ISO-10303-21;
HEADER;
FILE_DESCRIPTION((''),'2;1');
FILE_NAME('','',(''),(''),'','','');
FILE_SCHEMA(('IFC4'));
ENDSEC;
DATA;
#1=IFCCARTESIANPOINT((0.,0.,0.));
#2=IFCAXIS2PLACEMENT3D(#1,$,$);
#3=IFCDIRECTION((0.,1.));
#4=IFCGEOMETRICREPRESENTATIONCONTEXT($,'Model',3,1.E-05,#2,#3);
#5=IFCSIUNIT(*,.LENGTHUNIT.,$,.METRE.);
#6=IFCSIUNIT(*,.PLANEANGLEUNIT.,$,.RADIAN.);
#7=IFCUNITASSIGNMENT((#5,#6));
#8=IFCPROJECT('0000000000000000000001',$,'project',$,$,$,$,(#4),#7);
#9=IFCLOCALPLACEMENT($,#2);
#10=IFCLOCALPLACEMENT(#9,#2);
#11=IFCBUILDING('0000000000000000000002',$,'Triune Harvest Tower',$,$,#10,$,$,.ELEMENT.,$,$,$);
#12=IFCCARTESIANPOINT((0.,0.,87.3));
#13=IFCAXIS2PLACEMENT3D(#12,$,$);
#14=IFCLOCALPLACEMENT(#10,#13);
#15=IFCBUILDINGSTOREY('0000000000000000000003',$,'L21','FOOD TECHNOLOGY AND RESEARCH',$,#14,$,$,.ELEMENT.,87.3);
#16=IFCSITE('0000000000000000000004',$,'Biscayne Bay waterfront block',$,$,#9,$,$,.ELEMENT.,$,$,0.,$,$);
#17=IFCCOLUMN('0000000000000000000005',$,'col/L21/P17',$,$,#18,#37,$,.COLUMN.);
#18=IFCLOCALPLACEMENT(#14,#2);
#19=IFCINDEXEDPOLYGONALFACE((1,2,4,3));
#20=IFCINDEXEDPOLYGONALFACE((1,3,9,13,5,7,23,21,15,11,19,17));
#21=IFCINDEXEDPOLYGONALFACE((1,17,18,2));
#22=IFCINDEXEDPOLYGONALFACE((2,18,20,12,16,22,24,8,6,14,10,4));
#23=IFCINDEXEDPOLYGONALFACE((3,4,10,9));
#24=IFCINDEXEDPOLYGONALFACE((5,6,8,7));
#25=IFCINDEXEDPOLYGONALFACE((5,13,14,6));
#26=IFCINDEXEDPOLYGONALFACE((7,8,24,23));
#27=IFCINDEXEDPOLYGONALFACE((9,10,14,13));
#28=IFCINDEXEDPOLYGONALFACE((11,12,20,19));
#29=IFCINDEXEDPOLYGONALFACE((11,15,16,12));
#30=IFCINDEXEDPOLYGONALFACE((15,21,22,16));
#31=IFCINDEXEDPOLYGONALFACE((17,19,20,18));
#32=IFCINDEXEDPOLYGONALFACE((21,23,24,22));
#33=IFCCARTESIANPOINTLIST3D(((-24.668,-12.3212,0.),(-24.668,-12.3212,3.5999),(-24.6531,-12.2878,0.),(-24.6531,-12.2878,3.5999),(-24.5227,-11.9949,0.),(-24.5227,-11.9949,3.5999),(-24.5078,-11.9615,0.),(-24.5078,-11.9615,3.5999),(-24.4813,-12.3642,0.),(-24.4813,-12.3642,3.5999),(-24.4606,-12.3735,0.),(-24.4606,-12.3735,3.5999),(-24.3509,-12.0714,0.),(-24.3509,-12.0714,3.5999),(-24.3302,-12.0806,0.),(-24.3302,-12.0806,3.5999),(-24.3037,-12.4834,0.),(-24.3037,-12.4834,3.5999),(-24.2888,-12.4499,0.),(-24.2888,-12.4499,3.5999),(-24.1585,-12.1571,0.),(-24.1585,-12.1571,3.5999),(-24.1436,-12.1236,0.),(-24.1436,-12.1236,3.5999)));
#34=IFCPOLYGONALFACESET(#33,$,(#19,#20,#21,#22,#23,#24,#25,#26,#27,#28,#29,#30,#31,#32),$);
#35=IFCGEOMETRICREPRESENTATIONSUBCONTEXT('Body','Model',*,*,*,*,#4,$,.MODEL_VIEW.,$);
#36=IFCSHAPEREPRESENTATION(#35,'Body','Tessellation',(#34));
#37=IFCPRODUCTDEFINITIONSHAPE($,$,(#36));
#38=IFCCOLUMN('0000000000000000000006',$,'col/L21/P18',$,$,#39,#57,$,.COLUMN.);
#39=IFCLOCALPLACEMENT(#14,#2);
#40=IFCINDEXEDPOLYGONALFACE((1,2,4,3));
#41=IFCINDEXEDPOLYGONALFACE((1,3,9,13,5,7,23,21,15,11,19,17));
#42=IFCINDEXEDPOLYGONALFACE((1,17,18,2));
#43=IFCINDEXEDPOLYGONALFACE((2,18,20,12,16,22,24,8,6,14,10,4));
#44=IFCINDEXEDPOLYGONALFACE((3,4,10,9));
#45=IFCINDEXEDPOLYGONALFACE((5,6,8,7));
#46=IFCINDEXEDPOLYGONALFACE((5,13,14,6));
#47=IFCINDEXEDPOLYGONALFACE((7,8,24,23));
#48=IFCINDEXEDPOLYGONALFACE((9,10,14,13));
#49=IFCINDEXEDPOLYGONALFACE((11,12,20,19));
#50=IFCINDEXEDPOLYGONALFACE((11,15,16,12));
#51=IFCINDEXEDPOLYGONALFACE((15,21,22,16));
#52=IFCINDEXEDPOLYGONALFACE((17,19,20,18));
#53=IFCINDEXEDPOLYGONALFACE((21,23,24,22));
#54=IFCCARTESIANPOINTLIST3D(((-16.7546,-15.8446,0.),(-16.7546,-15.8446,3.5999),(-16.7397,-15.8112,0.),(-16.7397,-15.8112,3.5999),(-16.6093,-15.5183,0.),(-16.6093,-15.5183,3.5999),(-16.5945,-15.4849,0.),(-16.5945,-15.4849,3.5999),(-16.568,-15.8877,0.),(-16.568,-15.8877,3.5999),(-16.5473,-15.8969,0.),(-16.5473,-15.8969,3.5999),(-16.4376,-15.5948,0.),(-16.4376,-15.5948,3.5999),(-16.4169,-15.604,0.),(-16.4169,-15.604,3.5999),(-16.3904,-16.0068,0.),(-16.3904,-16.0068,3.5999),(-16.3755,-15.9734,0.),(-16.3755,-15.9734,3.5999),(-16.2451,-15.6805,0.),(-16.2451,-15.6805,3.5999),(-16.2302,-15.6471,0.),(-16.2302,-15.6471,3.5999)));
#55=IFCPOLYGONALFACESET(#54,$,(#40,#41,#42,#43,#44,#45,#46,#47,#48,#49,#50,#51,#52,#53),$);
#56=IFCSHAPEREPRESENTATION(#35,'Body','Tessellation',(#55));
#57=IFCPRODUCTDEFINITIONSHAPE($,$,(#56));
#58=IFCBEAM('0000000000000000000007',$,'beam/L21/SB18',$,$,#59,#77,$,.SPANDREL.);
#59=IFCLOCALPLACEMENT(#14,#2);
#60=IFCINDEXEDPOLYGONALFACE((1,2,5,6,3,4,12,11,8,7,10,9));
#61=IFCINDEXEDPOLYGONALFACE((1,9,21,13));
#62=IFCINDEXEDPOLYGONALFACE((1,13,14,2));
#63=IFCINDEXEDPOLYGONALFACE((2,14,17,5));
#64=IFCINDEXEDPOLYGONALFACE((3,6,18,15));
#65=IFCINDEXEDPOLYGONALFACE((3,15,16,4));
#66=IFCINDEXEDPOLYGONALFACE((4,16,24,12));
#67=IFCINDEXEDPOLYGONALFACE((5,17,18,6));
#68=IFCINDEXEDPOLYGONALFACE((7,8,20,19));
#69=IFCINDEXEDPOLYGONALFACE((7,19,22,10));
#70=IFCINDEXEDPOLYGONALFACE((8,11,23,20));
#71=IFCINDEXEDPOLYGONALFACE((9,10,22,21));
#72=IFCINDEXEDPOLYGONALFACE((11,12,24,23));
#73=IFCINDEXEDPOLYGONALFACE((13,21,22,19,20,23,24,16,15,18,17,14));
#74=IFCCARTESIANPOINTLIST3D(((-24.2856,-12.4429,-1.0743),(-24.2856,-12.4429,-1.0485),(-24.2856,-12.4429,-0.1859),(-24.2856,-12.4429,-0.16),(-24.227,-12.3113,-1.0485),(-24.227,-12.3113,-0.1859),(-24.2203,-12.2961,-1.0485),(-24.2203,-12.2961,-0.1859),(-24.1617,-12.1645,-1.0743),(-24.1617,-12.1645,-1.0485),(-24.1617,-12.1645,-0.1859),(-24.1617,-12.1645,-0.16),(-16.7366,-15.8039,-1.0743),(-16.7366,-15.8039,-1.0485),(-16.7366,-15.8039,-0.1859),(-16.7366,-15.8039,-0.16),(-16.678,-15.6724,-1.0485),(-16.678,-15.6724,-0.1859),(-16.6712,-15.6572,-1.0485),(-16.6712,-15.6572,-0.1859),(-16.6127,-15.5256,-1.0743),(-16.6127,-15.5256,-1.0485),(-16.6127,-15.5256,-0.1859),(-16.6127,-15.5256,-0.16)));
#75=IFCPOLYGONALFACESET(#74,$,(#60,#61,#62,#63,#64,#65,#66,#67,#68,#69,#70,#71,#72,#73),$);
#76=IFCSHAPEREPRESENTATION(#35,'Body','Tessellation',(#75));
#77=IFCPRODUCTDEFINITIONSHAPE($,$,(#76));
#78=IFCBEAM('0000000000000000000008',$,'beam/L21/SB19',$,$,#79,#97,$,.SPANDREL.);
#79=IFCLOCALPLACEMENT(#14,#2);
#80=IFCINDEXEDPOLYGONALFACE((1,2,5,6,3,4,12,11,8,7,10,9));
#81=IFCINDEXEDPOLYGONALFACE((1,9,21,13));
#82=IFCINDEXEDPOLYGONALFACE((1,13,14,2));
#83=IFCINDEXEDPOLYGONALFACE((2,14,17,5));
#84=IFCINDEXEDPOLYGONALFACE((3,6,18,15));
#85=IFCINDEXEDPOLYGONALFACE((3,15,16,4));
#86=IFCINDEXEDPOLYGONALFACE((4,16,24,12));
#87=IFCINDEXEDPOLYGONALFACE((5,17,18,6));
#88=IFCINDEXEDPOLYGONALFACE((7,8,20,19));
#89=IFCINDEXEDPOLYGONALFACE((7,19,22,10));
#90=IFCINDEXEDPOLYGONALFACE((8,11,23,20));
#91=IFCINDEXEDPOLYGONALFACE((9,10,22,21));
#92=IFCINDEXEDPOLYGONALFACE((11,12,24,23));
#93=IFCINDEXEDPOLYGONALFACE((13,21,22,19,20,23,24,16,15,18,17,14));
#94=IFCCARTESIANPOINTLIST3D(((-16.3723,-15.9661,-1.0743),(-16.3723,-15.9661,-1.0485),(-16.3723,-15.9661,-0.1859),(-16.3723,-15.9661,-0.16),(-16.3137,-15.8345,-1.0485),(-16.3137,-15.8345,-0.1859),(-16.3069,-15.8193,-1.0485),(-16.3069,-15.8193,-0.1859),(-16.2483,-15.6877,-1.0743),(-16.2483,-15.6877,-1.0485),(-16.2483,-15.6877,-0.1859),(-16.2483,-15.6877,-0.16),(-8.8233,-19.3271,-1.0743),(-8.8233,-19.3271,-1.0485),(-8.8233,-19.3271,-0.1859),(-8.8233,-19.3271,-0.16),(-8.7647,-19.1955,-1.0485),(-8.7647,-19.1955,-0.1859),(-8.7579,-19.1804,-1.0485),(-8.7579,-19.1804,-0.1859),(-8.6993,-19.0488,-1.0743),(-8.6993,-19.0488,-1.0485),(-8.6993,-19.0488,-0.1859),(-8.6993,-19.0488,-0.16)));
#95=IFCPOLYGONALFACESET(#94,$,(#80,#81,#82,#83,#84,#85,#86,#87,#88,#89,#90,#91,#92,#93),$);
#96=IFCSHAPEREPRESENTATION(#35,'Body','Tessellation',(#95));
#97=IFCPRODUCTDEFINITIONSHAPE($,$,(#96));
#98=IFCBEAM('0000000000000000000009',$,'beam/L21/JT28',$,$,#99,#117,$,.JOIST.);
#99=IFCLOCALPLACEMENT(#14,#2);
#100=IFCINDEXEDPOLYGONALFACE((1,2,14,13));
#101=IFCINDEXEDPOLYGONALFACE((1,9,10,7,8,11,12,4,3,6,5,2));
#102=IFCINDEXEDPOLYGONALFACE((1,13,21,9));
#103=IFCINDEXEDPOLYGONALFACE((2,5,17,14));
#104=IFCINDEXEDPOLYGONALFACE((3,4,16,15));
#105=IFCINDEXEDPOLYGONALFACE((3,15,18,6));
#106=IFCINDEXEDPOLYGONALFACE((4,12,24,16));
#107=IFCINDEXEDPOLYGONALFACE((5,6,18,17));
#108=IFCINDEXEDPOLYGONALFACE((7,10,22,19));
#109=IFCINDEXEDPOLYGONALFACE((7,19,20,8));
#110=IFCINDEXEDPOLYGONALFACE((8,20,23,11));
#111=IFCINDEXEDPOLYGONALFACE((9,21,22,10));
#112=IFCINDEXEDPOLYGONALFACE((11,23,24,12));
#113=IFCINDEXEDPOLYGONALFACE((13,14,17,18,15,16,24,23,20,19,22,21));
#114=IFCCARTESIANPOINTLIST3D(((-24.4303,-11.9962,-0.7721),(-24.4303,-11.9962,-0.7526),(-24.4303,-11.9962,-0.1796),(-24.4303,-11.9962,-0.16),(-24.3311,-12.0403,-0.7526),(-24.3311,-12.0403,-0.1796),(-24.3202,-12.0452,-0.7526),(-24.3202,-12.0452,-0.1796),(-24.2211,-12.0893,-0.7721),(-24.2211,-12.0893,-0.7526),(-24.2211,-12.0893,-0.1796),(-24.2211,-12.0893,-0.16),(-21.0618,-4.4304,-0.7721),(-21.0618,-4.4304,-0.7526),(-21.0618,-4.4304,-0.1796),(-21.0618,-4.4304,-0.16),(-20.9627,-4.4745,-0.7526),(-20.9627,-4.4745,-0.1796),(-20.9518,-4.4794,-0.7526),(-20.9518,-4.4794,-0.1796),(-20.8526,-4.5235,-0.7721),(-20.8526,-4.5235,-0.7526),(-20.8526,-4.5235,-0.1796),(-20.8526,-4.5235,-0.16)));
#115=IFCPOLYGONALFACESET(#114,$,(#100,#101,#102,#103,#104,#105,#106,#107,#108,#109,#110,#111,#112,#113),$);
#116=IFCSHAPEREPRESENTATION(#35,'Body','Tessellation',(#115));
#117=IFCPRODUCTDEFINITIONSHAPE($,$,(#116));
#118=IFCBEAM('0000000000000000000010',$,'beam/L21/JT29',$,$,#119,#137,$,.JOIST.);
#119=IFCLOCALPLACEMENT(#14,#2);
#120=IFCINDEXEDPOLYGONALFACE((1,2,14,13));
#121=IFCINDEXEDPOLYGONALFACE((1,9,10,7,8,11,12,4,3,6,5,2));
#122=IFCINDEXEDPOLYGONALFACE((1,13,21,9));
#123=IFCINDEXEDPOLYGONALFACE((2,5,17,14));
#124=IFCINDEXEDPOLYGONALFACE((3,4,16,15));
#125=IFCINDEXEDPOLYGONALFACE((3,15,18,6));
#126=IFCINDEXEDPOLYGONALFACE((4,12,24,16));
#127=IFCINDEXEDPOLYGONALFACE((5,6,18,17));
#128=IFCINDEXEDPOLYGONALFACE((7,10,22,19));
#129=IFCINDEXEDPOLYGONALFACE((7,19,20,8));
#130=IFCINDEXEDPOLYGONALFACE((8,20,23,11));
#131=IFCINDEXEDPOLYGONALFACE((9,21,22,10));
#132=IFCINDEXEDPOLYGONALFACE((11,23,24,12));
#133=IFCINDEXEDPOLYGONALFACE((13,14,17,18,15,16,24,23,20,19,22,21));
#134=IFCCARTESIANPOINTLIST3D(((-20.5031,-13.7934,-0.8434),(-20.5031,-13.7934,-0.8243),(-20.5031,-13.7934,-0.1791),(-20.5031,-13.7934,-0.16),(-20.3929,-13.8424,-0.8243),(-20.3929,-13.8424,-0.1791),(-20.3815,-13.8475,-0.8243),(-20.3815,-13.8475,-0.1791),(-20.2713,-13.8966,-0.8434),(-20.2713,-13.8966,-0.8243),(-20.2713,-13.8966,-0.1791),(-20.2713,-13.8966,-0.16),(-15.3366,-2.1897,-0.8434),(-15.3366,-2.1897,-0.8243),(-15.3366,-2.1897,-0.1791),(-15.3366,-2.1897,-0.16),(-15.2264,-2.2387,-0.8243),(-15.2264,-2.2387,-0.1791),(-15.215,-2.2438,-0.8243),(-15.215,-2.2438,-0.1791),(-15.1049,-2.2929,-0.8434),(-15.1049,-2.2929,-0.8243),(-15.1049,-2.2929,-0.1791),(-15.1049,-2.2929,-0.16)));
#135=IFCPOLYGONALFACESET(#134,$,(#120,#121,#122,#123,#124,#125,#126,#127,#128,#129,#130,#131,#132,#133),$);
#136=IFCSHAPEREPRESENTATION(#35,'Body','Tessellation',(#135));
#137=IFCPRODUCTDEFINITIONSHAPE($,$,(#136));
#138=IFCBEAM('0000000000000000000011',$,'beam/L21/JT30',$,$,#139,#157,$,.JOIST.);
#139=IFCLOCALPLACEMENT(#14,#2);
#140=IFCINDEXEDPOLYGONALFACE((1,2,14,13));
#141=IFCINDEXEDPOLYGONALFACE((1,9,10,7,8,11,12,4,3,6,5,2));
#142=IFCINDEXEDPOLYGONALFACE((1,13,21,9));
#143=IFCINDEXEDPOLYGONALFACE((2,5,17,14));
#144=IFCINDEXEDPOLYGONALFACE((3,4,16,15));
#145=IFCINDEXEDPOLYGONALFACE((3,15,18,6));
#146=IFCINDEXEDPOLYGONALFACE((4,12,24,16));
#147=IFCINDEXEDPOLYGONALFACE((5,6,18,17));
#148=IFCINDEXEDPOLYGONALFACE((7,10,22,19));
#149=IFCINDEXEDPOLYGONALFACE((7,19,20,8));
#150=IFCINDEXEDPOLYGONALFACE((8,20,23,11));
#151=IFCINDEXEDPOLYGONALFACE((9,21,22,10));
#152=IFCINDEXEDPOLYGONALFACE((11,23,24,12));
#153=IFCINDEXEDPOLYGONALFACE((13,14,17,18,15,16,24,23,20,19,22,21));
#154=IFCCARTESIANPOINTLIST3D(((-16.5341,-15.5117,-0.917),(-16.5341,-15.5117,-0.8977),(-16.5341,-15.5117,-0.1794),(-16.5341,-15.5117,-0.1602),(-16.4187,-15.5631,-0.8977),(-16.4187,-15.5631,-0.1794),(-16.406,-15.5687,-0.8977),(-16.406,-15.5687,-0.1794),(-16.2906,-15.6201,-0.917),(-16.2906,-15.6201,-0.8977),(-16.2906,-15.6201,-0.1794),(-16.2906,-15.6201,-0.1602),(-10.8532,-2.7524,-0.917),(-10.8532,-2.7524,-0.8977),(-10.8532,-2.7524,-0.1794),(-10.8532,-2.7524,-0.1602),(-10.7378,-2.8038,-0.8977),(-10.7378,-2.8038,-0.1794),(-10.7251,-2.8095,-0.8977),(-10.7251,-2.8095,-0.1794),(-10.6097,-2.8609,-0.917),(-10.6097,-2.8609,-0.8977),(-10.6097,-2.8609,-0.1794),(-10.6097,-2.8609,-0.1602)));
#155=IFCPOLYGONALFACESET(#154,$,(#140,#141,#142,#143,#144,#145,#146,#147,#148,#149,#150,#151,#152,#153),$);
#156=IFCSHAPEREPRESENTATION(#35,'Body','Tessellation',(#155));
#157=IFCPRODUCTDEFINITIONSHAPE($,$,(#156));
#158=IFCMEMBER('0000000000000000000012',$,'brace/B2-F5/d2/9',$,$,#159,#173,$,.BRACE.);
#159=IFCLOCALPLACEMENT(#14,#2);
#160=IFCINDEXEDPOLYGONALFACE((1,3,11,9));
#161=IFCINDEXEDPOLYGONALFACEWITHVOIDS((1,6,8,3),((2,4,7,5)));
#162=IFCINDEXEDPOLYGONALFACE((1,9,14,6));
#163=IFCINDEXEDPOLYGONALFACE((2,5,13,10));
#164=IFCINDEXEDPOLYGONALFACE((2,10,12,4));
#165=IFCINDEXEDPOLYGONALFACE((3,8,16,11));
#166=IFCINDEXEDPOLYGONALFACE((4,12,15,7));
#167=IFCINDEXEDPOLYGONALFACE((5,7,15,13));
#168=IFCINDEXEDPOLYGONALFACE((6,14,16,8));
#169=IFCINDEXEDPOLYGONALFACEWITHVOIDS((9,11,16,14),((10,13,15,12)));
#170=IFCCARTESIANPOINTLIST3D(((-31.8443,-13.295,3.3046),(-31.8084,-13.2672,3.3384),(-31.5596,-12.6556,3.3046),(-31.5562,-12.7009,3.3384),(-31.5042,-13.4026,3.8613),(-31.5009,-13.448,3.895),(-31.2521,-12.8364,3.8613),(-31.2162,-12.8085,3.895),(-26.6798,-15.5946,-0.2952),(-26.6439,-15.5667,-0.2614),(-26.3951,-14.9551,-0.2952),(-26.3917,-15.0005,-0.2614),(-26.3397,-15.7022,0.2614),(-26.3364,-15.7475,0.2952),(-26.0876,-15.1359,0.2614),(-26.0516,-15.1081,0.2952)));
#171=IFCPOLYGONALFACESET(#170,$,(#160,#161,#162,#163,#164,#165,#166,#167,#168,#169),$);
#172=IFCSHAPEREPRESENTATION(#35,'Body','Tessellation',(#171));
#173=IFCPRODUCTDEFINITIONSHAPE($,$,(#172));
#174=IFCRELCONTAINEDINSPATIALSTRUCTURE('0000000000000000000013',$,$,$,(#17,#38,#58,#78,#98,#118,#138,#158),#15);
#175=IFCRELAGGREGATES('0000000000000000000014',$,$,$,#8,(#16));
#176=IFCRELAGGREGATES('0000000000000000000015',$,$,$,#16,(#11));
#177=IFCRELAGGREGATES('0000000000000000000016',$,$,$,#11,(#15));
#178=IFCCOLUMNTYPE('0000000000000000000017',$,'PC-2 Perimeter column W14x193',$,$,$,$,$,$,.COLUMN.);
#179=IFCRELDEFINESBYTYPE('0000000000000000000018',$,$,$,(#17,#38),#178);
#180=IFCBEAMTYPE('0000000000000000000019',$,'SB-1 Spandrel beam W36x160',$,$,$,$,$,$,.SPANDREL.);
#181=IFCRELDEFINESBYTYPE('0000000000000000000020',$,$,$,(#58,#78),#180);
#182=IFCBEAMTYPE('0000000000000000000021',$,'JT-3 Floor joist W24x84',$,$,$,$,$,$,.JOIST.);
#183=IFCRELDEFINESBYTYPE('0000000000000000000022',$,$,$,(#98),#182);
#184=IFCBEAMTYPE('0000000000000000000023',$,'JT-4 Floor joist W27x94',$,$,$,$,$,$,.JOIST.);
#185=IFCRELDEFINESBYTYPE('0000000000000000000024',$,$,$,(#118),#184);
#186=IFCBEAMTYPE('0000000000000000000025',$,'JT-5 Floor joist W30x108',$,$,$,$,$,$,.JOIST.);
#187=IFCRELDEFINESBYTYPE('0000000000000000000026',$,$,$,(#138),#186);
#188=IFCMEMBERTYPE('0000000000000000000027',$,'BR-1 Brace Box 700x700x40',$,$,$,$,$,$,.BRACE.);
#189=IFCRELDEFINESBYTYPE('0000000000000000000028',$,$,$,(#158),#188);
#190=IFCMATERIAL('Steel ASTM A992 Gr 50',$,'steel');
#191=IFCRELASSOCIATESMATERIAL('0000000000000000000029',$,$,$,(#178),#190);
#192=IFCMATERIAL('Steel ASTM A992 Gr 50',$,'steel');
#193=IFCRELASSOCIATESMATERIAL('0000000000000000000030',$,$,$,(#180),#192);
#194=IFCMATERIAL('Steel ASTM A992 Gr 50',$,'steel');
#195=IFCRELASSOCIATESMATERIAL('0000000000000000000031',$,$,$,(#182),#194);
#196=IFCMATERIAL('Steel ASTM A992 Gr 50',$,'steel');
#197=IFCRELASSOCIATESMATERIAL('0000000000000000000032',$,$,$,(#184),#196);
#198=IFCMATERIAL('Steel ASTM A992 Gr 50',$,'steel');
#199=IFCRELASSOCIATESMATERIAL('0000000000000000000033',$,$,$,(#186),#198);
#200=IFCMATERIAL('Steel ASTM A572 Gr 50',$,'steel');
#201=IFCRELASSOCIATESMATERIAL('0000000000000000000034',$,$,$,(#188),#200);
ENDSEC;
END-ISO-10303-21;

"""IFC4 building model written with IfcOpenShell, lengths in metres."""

from ifc_helpers import new_model, si_unit, direction, frame, origin, origin_2d, place, context, subcontext, project, spatial, hollow_rectangle, i_section, extrude, source, transform, mapped, material, material_profile, profile_set, type_object, element, save


model = new_model("IFC4")

# Units and contexts
model_context = context("Model", 3, precision=1e-05, world=origin(), true_north=direction((0.0, 1.0)))
body_context = subcontext(model_context, "Body", "Model", "MODEL_VIEW")
ifc_project = project(units=[si_unit("LENGTHUNIT", "METRE"), si_unit("PLANEANGLEUNIT", "RADIAN")], contexts=[model_context])

# Site, building, storey
site_placement = place(None, origin())
site = spatial("IfcSite", under=ifc_project, at=site_placement, Name="Biscayne Bay waterfront block", CompositionType="ELEMENT", RefElevation=0.0)
building_placement = place(site_placement, origin())
building = spatial("IfcBuilding", under=site, at=building_placement, Name="Triune Harvest Tower", CompositionType="ELEMENT")
storey_placement = place(building_placement, frame((0.0, 0.0, 87.3)))
storey = spatial("IfcBuildingStorey", under=building, at=storey_placement, Name="L21", Description="FOOD TECHNOLOGY AND RESEARCH", CompositionType="ELEMENT", Elevation=87.3)

# Columns
ifc_material_1 = material(Name="Steel ASTM A992 Gr 50", Category="steel")
ifc_material_profile_1 = material_profile(ifc_material_1, i_section(OverallWidth=0.3987, OverallDepth=0.3938, WebThickness=0.0227, FlangeThickness=0.0366, at=origin_2d()), Name="W14x193")
ifc_profile_set_1 = profile_set([ifc_material_profile_1], Name="Steel ASTM A992 Gr 50")
column_type = type_object("IfcColumnType", Name="PC-2 Perimeter column W14x193", PredefinedType="COLUMN", material=ifc_profile_set_1)
shared_shape_1 = source(origin(), body_context, "Body", "SweptSolid", [
    extrude(i_section(OverallWidth=0.3987, OverallDepth=0.3938, WebThickness=0.0227, FlangeThickness=0.0366, at=origin_2d()), origin(), (0.0, 0.0, 1.0), 3.5999),
])
for number, where, z_axis, x_axis, name in (
    (1, (-24.4058, -12.2224, 0.0), (0.0, 0.0, 1.0), (0.913545, -0.406737, 0.0), "col/L21/P17"),
    (2, (-16.4924, -15.7458, 0.0), (0.0, 0.0, 1.0), (0.913545, -0.406737, 0.0), "col/L21/P18"),
):
    element("IfcColumn", number, at=place(storey_placement, frame(where, z_axis=z_axis, x_axis=x_axis)), inside=storey, type_object=column_type, Name=name, PredefinedType="COLUMN", context=body_context, shape_type="MappedRepresentation", body=[
        mapped(shared_shape_1, transform((0.0, 0.0, 0.0), scale=1.0)),
    ])

# Beams
ifc_material_2 = material(Name="Steel ASTM A992 Gr 50", Category="steel")
ifc_material_profile_2 = material_profile(ifc_material_2, i_section(OverallWidth=0.3047, OverallDepth=0.9143, WebThickness=0.0166, FlangeThickness=0.0259, at=origin_2d()), Name="W36x160")
ifc_profile_set_2 = profile_set([ifc_material_profile_2], Name="Steel ASTM A992 Gr 50")
beam_type_1 = type_object("IfcBeamType", Name="SB-1 Spandrel beam W36x160", PredefinedType="SPANDREL", material=ifc_profile_set_2)
shared_shape_2 = source(origin(), body_context, "Body", "SweptSolid", [
    extrude(i_section(OverallWidth=0.3047, OverallDepth=0.9143, WebThickness=0.0166, FlangeThickness=0.0259, at=origin_2d()), origin(), (0.0, 0.0, 1.0), 8.2634),
])
for number, where, z_axis, x_axis, name in (
    (3, (-24.2236, -12.3037, -0.6172), (0.913545, -0.406739, 0.0), (0.406739, 0.913545, 0.0), "beam/L21/SB18"),
    (4, (-16.3103, -15.8269, -0.6172), (0.913545, -0.406739, 0.0), (0.406739, 0.913545, 0.0), "beam/L21/SB19"),
):
    element("IfcBeam", number, at=place(storey_placement, frame(where, z_axis=z_axis, x_axis=x_axis)), inside=storey, type_object=beam_type_1, Name=name, PredefinedType="SPANDREL", context=body_context, shape_type="MappedRepresentation", body=[
        mapped(shared_shape_2, transform((0.0, 0.0, 0.0), scale=1.0)),
    ])
ifc_material_3 = material(Name="Steel ASTM A992 Gr 50", Category="steel")
ifc_material_profile_3 = material_profile(ifc_material_3, i_section(OverallWidth=0.229, OverallDepth=0.6121, WebThickness=0.012, FlangeThickness=0.0195, at=origin_2d()), Name="W24x84")
ifc_profile_set_3 = profile_set([ifc_material_profile_3], Name="Steel ASTM A992 Gr 50")
beam_type_2 = type_object("IfcBeamType", Name="JT-3 Floor joist W24x84", PredefinedType="JOIST", material=ifc_profile_set_3)
shared_shape_3 = source(origin(), body_context, "Body", "SweptSolid", [
    extrude(i_section(OverallWidth=0.229, OverallDepth=0.6121, WebThickness=0.012, FlangeThickness=0.0195, at=origin_2d()), origin(), (0.0, 0.0, 1.0), 8.2817),
])
beam_1_placement = place(storey_placement, frame((-24.3257, -12.0427, -0.4661), z_axis=(0.406732, 0.913548, 0.0), x_axis=(-0.913548, 0.406732, 0.0)))
element("IfcBeam", 5, at=beam_1_placement, inside=storey, type_object=beam_type_2, Name="beam/L21/JT28", PredefinedType="JOIST", context=body_context, shape_type="MappedRepresentation", body=[
    mapped(shared_shape_3, transform((0.0, 0.0, 0.0), scale=1.0)),
])
ifc_material_4 = material(Name="Steel ASTM A992 Gr 50", Category="steel")
ifc_material_profile_4 = material_profile(ifc_material_4, i_section(OverallWidth=0.2537, OverallDepth=0.6833, WebThickness=0.0125, FlangeThickness=0.019, at=origin_2d()), Name="W27x94")
ifc_profile_set_4 = profile_set([ifc_material_profile_4], Name="Steel ASTM A992 Gr 50")
beam_type_3 = type_object("IfcBeamType", Name="JT-4 Floor joist W27x94", PredefinedType="JOIST", material=ifc_profile_set_4)
shared_shape_4 = source(origin(), body_context, "Body", "SweptSolid", [
    extrude(i_section(OverallWidth=0.2537, OverallDepth=0.6833, WebThickness=0.0125, FlangeThickness=0.019, at=origin_2d()), origin(), (0.0, 0.0, 1.0), 12.7019),
])
beam_2_placement = place(storey_placement, frame((-20.3872, -13.845, -0.5017), z_axis=(0.406748, 0.91354, 0.0), x_axis=(-0.91354, 0.406748, 0.0)))
element("IfcBeam", 6, at=beam_2_placement, inside=storey, type_object=beam_type_3, Name="beam/L21/JT29", PredefinedType="JOIST", context=body_context, shape_type="MappedRepresentation", body=[
    mapped(shared_shape_4, transform((0.0, 0.0, 0.0), scale=1.0)),
])
ifc_material_5 = material(Name="Steel ASTM A992 Gr 50", Category="steel")
ifc_material_profile_5 = material_profile(ifc_material_5, i_section(OverallWidth=0.2666, OverallDepth=0.7568, WebThickness=0.0139, FlangeThickness=0.0193, at=origin_2d()), Name="W30x108")
ifc_profile_set_5 = profile_set([ifc_material_profile_5], Name="Steel ASTM A992 Gr 50")
beam_type_4 = type_object("IfcBeamType", Name="JT-5 Floor joist W30x108", PredefinedType="JOIST", material=ifc_profile_set_5)
shared_shape_5 = source(origin(), body_context, "Body", "SweptSolid", [
    extrude(i_section(OverallWidth=0.2666, OverallDepth=0.7568, WebThickness=0.0139, FlangeThickness=0.0193, at=origin_2d()), origin(), (0.0, 0.0, 1.0), 13.9668),
])
beam_3_placement = place(storey_placement, frame((-16.4124, -15.5659, -0.5386), z_axis=(0.406743, 0.913542, 0.0), x_axis=(-0.913542, 0.406743, 0.0)))
element("IfcBeam", 7, at=beam_3_placement, inside=storey, type_object=beam_type_4, Name="beam/L21/JT30", PredefinedType="JOIST", context=body_context, shape_type="MappedRepresentation", body=[
    mapped(shared_shape_5, transform((0.0, 0.0, 0.0), scale=1.0)),
])

# Member
ifc_material_6 = material(Name="Steel ASTM A572 Gr 50", Category="steel")
ifc_material_profile_6 = material_profile(ifc_material_6, hollow_rectangle(XDim=0.7, YDim=0.7, WallThickness=0.04, at=origin_2d()), Name="Box 700x700x40")
ifc_profile_set_6 = profile_set([ifc_material_profile_6], Name="Steel ASTM A572 Gr 50")
member_type_1 = type_object("IfcMemberType", Name="BR-1 Brace Box 700x700x40", PredefinedType="BRACE", material=ifc_profile_set_6)
shared_shape_6 = source(origin(), body_context, "Body", "SweptSolid", [
    extrude(hollow_rectangle(XDim=0.7, YDim=0.7, WallThickness=0.04, at=origin_2d()), origin(), (0.0, 0.0, 1.0), 6.7021),
])
member_1_placement = place(storey_placement, frame((-26.3657, -15.3513, 0.0), z_axis=(-0.770575, 0.343105, 0.537115), x_axis=(-0.406759, -0.913535, 0.0)))
element("IfcMember", 8, at=member_1_placement, inside=storey, type_object=member_type_1, Name="brace/B2-F5/d2/9", PredefinedType="BRACE", context=body_context, shape_type="MappedRepresentation", body=[
    mapped(shared_shape_6, transform((0.0, 0.0, 0.0), scale=1.0)),
])

save(model, "model.ifc")
